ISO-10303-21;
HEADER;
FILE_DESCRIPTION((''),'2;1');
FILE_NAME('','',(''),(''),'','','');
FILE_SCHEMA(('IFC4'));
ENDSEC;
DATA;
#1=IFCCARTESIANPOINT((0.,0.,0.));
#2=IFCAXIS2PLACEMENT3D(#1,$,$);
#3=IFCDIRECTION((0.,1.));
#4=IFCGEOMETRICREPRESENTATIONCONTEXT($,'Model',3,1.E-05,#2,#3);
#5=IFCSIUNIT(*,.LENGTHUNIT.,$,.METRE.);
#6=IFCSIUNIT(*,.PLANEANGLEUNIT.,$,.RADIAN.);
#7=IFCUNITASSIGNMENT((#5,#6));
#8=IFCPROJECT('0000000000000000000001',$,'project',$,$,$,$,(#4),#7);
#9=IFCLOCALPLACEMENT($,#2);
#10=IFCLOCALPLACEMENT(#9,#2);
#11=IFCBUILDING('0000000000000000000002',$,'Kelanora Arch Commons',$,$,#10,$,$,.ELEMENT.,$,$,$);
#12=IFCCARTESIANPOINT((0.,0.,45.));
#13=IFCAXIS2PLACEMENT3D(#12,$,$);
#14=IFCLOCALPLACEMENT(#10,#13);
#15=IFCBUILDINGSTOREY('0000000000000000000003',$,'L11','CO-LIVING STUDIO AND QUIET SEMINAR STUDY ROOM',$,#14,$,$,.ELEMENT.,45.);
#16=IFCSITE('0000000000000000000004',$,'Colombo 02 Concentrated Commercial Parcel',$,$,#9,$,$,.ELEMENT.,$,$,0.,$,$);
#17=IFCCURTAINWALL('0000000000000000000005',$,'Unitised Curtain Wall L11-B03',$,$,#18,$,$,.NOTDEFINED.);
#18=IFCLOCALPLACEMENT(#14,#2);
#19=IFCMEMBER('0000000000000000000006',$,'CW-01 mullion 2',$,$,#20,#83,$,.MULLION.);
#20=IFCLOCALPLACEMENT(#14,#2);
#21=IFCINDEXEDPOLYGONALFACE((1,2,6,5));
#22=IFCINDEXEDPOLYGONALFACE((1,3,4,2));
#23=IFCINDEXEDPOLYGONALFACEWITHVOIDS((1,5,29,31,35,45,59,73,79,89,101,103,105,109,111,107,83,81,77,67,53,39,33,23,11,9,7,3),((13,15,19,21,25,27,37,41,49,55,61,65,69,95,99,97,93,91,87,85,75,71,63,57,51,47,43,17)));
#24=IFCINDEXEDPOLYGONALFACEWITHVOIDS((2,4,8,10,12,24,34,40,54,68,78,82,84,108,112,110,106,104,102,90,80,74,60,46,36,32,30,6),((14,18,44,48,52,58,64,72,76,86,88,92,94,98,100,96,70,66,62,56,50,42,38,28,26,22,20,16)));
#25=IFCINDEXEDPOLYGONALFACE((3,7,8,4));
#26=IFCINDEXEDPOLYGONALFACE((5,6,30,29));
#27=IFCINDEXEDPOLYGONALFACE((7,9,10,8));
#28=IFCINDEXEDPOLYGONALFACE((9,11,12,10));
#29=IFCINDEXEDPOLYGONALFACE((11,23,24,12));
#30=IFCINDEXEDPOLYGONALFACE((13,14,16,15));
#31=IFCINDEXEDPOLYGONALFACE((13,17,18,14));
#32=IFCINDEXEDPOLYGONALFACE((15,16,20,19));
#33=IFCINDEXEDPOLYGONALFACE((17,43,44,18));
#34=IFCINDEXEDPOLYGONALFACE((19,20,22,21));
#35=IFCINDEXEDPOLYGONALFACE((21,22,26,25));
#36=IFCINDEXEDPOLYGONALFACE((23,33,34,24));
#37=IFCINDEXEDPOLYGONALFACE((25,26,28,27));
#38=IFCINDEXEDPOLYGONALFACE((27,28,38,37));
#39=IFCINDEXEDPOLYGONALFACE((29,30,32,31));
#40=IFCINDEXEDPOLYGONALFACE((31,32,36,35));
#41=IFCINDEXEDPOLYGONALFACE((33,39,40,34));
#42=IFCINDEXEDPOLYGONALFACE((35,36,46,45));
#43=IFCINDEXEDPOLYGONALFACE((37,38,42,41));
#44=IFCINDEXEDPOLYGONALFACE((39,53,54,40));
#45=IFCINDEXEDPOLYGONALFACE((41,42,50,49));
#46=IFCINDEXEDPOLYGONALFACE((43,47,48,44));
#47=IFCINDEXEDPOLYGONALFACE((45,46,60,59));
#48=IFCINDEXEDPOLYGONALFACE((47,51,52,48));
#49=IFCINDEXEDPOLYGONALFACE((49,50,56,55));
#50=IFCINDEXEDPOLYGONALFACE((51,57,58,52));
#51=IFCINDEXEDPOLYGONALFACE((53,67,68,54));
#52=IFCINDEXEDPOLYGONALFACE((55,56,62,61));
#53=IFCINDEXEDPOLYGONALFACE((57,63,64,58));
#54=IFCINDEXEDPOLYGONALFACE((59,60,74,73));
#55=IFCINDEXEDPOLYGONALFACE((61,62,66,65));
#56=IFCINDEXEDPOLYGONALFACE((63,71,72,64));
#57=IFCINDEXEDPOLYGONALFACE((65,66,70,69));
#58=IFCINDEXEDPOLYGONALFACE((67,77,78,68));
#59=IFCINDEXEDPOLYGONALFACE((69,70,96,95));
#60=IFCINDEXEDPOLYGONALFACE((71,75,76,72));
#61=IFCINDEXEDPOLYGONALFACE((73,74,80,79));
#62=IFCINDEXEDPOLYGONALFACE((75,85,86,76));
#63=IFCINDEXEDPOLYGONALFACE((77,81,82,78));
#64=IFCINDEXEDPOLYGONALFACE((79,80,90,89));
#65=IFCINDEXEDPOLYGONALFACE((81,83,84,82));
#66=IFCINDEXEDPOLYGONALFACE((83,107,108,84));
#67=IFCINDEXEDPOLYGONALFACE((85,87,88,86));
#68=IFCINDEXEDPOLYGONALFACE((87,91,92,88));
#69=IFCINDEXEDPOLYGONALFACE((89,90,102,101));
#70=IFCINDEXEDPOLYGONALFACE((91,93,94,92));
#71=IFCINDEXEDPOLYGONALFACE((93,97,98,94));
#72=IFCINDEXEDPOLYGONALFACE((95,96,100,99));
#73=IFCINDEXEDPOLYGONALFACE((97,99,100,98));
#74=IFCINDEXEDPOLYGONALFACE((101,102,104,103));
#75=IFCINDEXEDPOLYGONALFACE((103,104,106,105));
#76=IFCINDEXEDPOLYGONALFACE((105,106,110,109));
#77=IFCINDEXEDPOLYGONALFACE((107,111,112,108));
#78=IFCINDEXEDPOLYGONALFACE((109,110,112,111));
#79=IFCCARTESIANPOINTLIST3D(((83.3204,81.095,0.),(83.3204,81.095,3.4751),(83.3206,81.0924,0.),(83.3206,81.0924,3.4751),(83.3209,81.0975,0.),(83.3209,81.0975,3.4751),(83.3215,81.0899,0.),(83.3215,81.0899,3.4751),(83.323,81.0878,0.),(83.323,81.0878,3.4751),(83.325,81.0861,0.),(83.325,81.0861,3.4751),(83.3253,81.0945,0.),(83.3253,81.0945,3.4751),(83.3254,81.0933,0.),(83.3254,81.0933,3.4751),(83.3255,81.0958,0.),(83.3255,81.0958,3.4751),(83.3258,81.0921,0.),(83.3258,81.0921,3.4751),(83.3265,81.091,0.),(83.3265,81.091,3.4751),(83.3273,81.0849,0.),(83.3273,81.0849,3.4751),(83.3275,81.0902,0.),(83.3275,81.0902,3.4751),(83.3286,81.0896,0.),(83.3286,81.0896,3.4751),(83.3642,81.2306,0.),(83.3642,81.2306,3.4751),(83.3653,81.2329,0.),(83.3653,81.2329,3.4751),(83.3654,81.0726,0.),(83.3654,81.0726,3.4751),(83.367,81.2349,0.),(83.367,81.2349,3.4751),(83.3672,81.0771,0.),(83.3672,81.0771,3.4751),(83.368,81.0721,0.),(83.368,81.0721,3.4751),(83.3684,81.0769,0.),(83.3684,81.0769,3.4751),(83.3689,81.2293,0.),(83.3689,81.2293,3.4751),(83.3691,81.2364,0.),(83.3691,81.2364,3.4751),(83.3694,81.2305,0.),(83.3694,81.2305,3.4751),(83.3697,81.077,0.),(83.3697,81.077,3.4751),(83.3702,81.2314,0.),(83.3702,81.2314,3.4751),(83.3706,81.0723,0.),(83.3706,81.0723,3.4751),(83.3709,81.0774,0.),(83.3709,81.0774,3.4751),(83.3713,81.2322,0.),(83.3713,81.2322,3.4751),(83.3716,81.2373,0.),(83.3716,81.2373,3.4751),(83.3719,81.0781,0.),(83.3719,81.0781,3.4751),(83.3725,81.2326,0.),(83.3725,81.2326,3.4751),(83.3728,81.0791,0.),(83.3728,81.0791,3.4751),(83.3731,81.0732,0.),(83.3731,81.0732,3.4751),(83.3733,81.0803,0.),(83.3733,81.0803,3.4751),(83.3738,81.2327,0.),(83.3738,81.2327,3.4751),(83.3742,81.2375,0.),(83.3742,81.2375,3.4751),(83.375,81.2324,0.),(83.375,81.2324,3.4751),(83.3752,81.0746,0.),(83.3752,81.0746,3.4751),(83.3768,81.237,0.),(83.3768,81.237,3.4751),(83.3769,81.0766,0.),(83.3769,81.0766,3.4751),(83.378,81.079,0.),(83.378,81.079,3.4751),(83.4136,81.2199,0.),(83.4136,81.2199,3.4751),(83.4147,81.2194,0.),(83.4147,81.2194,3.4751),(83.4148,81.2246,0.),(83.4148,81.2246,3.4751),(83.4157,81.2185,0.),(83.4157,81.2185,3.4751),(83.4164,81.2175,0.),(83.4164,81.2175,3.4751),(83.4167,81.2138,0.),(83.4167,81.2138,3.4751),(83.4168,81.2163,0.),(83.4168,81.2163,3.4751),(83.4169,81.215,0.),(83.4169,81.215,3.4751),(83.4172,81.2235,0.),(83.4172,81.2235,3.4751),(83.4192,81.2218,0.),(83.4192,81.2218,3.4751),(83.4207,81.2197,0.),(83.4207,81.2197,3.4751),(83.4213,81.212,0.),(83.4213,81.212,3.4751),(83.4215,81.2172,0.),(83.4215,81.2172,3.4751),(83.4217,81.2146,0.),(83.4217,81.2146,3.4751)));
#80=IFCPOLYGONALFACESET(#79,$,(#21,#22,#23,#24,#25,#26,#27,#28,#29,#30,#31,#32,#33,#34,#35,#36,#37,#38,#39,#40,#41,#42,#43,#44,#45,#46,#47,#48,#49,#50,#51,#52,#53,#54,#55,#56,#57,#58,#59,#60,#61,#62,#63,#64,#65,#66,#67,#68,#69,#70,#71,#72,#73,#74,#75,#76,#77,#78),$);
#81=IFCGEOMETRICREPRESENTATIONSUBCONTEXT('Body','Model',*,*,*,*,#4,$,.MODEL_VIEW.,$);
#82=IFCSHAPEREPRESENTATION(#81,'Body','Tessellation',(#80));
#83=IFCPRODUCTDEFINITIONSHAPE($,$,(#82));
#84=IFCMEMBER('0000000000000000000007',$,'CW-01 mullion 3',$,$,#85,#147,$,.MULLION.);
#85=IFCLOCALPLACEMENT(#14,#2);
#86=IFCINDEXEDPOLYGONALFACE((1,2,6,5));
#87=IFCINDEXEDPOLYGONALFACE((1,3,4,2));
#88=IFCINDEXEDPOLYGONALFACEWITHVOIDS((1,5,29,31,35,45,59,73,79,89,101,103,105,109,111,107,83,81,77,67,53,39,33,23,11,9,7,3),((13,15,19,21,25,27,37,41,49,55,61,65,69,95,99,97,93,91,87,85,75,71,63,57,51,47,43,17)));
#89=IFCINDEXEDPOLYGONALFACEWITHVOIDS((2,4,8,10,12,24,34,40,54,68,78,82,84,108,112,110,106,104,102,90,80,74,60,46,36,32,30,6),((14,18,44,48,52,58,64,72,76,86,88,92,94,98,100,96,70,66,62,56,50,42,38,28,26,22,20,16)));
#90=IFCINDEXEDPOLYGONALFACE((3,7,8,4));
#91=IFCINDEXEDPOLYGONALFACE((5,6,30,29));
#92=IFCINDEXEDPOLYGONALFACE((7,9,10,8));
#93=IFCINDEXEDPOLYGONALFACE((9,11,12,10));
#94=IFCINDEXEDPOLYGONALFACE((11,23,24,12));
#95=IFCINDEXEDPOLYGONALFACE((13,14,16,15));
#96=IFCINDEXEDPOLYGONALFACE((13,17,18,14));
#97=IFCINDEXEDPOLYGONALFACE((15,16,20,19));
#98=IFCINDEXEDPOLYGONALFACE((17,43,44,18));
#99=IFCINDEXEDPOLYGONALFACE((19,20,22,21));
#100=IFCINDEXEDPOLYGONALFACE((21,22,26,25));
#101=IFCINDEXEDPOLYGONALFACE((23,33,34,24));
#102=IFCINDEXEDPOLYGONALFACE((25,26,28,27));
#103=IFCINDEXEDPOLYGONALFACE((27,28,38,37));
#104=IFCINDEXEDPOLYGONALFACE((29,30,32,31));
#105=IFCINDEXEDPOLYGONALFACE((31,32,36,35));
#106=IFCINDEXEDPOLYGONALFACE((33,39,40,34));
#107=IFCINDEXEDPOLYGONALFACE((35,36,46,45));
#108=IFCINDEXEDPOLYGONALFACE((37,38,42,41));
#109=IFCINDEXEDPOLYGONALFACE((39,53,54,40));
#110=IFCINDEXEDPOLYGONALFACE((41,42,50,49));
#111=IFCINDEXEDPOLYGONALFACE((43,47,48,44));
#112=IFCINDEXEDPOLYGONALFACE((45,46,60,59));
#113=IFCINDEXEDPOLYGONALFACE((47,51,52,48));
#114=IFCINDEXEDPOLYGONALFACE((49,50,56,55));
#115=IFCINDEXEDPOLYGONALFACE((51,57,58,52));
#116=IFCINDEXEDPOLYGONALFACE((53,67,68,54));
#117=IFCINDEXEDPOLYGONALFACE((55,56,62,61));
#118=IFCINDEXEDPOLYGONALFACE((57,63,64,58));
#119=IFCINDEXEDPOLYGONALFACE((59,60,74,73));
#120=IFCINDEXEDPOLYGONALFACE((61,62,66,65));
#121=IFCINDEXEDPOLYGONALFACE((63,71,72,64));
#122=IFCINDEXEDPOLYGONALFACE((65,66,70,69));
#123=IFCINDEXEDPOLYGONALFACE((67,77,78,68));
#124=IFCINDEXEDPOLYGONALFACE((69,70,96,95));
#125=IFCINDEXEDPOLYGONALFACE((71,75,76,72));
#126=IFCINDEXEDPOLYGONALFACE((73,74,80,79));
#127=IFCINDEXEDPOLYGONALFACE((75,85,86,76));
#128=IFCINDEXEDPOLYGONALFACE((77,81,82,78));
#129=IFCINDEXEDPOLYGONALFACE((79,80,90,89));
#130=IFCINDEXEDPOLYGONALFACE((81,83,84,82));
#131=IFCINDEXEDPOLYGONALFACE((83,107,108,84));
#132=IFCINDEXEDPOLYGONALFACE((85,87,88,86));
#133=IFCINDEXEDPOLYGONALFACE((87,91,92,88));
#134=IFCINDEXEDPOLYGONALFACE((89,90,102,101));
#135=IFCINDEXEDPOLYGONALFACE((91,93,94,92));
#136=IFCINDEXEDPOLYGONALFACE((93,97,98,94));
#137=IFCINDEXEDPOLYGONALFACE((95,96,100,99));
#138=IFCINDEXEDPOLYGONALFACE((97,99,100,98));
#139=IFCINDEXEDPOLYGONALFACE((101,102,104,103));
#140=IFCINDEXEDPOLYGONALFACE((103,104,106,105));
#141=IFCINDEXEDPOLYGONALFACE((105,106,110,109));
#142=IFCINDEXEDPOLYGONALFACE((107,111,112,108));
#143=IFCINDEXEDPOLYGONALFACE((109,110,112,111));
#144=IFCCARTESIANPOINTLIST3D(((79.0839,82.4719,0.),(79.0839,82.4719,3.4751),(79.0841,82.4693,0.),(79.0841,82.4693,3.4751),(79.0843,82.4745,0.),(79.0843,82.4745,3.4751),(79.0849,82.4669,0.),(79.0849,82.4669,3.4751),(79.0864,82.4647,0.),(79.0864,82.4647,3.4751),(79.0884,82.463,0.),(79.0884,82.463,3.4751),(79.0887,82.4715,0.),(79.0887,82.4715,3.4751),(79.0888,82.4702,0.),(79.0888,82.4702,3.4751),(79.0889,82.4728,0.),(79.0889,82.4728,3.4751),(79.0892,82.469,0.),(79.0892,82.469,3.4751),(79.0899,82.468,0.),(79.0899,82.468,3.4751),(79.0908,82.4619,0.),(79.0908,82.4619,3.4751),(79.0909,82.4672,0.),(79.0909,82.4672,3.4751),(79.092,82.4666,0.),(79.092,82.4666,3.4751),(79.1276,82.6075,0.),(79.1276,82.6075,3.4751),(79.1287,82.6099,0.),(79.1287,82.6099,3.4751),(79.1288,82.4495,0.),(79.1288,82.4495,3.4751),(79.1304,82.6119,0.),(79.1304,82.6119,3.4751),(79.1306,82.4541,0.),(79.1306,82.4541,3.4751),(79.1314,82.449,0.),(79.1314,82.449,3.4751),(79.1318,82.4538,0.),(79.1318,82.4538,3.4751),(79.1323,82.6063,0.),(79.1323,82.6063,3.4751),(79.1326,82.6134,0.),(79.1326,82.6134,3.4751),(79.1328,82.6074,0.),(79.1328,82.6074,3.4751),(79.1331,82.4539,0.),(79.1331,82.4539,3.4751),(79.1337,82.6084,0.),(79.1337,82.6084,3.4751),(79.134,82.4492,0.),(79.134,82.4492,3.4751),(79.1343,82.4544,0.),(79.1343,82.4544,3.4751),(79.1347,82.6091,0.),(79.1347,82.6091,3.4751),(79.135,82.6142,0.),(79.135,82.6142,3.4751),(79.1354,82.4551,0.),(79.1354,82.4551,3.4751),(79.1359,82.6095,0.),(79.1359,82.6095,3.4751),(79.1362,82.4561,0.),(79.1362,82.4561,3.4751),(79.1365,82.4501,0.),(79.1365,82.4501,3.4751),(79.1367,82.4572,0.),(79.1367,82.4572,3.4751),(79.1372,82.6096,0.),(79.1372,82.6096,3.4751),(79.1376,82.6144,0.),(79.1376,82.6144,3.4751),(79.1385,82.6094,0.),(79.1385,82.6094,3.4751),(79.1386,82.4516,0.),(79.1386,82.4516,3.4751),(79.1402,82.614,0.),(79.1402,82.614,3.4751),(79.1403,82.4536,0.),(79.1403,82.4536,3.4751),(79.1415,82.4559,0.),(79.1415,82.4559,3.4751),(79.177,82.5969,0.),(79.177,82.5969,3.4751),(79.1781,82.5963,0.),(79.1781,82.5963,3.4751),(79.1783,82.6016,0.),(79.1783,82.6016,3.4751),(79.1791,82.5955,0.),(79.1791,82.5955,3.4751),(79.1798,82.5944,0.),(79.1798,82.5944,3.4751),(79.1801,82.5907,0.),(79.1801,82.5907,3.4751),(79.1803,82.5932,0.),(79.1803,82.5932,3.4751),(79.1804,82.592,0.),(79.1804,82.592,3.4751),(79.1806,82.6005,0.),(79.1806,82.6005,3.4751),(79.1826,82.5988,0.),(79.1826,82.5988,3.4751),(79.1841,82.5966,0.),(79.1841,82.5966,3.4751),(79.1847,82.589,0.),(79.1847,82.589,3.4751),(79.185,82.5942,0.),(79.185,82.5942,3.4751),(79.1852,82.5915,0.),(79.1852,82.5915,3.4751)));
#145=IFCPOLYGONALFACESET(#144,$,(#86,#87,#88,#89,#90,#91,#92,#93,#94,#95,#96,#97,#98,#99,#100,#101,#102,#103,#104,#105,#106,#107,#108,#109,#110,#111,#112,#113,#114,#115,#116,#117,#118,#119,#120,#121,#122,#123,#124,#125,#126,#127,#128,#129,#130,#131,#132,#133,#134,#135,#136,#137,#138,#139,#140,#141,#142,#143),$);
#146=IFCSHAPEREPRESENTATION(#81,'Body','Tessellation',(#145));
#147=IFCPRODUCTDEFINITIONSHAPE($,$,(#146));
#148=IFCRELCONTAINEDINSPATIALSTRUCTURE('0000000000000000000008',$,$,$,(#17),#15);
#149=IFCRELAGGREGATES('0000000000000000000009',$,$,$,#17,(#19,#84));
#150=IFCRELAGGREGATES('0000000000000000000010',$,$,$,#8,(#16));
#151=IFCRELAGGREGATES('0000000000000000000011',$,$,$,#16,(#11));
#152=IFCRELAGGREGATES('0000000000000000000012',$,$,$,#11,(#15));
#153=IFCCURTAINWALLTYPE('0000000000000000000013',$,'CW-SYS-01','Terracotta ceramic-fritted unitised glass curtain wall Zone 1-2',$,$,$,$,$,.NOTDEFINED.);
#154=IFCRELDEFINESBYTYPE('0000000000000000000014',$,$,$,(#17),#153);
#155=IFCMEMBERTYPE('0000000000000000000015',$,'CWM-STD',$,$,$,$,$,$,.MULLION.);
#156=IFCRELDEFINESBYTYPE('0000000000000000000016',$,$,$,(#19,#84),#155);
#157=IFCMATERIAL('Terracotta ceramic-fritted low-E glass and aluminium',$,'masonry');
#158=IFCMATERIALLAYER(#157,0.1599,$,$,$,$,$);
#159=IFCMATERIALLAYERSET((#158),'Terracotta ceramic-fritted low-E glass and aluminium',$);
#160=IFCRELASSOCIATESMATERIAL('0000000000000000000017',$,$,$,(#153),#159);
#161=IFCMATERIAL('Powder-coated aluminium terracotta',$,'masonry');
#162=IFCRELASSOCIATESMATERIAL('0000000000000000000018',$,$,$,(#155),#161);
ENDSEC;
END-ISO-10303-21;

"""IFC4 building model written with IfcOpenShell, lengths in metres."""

from ifc_helpers import new_model, si_unit, direction, frame, origin, origin_2d, place, context, subcontext, project, spatial, hollow_rectangle, extrude, material, layer, layer_set, material_profile, profile_set, type_object, element, aggregate, save


model = new_model("IFC4")

# Units and contexts
model_context = context("Model", 3, precision=1e-05, world=origin(), true_north=direction((0.0, 1.0)))
body_context = subcontext(model_context, "Body", "Model", "MODEL_VIEW")
ifc_project = project(units=[si_unit("LENGTHUNIT", "METRE"), si_unit("PLANEANGLEUNIT", "RADIAN")], contexts=[model_context])

# Site, building, storey
site_placement = place(None, origin())
site = spatial("IfcSite", under=ifc_project, at=site_placement, Name="Colombo 02 Concentrated Commercial Parcel", CompositionType="ELEMENT", RefElevation=0.0)
building_placement = place(site_placement, origin())
building = spatial("IfcBuilding", under=site, at=building_placement, Name="Kelanora Arch Commons", CompositionType="ELEMENT")
storey_placement = place(building_placement, frame((0.0, 0.0, 45.0)))
storey = spatial("IfcBuildingStorey", under=building, at=storey_placement, Name="L11", Description="CO-LIVING STUDIO AND QUIET SEMINAR STUDY ROOM", CompositionType="ELEMENT", Elevation=45.0)

# Curtain wall, members
ifc_material_1 = material(Name="Terracotta ceramic-fritted low-E glass and aluminium", Category="masonry")
ifc_layer_1 = layer(ifc_material_1, 0.1599)
ifc_layer_set_1 = layer_set([ifc_layer_1], Name="Terracotta ceramic-fritted low-E glass and aluminium")
curtain_wall_type = type_object("IfcCurtainWallType", Name="CW-SYS-01", Description="Terracotta ceramic-fritted unitised glass curtain wall Zone 1-2", PredefinedType="NOTDEFINED", material=ifc_layer_set_1)
curtain_wall_placement = place(storey_placement, origin())
curtain_wall = element("IfcCurtainWall", 1, at=curtain_wall_placement, inside=storey, type_object=curtain_wall_type, Name="Unitised Curtain Wall L11-B03", PredefinedType="NOTDEFINED")
ifc_material_2 = material(Name="Powder-coated aluminium terracotta", Category="masonry")
ifc_material_profile_1 = material_profile(ifc_material_2, hollow_rectangle(XDim=0.1599, YDim=0.0601, WallThickness=0.0049, InnerFilletRadius=0.0049, OuterFilletRadius=0.01, at=origin_2d()), Name="CWM160x60")
ifc_profile_set_1 = profile_set([ifc_material_profile_1], Name="Powder-coated aluminium terracotta")
member_type_1 = type_object("IfcMemberType", Name="CWM-STD", PredefinedType="MULLION", material=ifc_profile_set_1)
member_1_placement = place(storey_placement, frame((83.3711, 81.1548, 0.0), z_axis=(0.0, 0.0, 1.0), x_axis=(-0.309058, -0.951043, 0.0)))
member_1 = element("IfcMember", 2, at=member_1_placement, type_object=member_type_1, Name="CW-01 mullion 2", PredefinedType="MULLION", context=body_context, shape_type="SweptSolid", body=[
    extrude(hollow_rectangle(XDim=0.1599, YDim=0.0601, WallThickness=0.0049, InnerFilletRadius=0.0049, OuterFilletRadius=0.01, at=origin_2d()), origin(), (0.0, 0.0, 1.0), 3.4751),
])
member_2_placement = place(storey_placement, frame((79.1345, 82.5317, 0.0), z_axis=(0.0, 0.0, 1.0), x_axis=(-0.309058, -0.951043, 0.0)))
member_2 = element("IfcMember", 3, at=member_2_placement, type_object=member_type_1, Name="CW-01 mullion 3", PredefinedType="MULLION", context=body_context, shape_type="SweptSolid", body=[
    extrude(hollow_rectangle(XDim=0.1599, YDim=0.0601, WallThickness=0.0049, InnerFilletRadius=0.0049, OuterFilletRadius=0.01, at=origin_2d()), origin(), (0.0, 0.0, 1.0), 3.4751),
])
aggregate(curtain_wall, [member_1, member_2])

save(model, "model.ifc")
